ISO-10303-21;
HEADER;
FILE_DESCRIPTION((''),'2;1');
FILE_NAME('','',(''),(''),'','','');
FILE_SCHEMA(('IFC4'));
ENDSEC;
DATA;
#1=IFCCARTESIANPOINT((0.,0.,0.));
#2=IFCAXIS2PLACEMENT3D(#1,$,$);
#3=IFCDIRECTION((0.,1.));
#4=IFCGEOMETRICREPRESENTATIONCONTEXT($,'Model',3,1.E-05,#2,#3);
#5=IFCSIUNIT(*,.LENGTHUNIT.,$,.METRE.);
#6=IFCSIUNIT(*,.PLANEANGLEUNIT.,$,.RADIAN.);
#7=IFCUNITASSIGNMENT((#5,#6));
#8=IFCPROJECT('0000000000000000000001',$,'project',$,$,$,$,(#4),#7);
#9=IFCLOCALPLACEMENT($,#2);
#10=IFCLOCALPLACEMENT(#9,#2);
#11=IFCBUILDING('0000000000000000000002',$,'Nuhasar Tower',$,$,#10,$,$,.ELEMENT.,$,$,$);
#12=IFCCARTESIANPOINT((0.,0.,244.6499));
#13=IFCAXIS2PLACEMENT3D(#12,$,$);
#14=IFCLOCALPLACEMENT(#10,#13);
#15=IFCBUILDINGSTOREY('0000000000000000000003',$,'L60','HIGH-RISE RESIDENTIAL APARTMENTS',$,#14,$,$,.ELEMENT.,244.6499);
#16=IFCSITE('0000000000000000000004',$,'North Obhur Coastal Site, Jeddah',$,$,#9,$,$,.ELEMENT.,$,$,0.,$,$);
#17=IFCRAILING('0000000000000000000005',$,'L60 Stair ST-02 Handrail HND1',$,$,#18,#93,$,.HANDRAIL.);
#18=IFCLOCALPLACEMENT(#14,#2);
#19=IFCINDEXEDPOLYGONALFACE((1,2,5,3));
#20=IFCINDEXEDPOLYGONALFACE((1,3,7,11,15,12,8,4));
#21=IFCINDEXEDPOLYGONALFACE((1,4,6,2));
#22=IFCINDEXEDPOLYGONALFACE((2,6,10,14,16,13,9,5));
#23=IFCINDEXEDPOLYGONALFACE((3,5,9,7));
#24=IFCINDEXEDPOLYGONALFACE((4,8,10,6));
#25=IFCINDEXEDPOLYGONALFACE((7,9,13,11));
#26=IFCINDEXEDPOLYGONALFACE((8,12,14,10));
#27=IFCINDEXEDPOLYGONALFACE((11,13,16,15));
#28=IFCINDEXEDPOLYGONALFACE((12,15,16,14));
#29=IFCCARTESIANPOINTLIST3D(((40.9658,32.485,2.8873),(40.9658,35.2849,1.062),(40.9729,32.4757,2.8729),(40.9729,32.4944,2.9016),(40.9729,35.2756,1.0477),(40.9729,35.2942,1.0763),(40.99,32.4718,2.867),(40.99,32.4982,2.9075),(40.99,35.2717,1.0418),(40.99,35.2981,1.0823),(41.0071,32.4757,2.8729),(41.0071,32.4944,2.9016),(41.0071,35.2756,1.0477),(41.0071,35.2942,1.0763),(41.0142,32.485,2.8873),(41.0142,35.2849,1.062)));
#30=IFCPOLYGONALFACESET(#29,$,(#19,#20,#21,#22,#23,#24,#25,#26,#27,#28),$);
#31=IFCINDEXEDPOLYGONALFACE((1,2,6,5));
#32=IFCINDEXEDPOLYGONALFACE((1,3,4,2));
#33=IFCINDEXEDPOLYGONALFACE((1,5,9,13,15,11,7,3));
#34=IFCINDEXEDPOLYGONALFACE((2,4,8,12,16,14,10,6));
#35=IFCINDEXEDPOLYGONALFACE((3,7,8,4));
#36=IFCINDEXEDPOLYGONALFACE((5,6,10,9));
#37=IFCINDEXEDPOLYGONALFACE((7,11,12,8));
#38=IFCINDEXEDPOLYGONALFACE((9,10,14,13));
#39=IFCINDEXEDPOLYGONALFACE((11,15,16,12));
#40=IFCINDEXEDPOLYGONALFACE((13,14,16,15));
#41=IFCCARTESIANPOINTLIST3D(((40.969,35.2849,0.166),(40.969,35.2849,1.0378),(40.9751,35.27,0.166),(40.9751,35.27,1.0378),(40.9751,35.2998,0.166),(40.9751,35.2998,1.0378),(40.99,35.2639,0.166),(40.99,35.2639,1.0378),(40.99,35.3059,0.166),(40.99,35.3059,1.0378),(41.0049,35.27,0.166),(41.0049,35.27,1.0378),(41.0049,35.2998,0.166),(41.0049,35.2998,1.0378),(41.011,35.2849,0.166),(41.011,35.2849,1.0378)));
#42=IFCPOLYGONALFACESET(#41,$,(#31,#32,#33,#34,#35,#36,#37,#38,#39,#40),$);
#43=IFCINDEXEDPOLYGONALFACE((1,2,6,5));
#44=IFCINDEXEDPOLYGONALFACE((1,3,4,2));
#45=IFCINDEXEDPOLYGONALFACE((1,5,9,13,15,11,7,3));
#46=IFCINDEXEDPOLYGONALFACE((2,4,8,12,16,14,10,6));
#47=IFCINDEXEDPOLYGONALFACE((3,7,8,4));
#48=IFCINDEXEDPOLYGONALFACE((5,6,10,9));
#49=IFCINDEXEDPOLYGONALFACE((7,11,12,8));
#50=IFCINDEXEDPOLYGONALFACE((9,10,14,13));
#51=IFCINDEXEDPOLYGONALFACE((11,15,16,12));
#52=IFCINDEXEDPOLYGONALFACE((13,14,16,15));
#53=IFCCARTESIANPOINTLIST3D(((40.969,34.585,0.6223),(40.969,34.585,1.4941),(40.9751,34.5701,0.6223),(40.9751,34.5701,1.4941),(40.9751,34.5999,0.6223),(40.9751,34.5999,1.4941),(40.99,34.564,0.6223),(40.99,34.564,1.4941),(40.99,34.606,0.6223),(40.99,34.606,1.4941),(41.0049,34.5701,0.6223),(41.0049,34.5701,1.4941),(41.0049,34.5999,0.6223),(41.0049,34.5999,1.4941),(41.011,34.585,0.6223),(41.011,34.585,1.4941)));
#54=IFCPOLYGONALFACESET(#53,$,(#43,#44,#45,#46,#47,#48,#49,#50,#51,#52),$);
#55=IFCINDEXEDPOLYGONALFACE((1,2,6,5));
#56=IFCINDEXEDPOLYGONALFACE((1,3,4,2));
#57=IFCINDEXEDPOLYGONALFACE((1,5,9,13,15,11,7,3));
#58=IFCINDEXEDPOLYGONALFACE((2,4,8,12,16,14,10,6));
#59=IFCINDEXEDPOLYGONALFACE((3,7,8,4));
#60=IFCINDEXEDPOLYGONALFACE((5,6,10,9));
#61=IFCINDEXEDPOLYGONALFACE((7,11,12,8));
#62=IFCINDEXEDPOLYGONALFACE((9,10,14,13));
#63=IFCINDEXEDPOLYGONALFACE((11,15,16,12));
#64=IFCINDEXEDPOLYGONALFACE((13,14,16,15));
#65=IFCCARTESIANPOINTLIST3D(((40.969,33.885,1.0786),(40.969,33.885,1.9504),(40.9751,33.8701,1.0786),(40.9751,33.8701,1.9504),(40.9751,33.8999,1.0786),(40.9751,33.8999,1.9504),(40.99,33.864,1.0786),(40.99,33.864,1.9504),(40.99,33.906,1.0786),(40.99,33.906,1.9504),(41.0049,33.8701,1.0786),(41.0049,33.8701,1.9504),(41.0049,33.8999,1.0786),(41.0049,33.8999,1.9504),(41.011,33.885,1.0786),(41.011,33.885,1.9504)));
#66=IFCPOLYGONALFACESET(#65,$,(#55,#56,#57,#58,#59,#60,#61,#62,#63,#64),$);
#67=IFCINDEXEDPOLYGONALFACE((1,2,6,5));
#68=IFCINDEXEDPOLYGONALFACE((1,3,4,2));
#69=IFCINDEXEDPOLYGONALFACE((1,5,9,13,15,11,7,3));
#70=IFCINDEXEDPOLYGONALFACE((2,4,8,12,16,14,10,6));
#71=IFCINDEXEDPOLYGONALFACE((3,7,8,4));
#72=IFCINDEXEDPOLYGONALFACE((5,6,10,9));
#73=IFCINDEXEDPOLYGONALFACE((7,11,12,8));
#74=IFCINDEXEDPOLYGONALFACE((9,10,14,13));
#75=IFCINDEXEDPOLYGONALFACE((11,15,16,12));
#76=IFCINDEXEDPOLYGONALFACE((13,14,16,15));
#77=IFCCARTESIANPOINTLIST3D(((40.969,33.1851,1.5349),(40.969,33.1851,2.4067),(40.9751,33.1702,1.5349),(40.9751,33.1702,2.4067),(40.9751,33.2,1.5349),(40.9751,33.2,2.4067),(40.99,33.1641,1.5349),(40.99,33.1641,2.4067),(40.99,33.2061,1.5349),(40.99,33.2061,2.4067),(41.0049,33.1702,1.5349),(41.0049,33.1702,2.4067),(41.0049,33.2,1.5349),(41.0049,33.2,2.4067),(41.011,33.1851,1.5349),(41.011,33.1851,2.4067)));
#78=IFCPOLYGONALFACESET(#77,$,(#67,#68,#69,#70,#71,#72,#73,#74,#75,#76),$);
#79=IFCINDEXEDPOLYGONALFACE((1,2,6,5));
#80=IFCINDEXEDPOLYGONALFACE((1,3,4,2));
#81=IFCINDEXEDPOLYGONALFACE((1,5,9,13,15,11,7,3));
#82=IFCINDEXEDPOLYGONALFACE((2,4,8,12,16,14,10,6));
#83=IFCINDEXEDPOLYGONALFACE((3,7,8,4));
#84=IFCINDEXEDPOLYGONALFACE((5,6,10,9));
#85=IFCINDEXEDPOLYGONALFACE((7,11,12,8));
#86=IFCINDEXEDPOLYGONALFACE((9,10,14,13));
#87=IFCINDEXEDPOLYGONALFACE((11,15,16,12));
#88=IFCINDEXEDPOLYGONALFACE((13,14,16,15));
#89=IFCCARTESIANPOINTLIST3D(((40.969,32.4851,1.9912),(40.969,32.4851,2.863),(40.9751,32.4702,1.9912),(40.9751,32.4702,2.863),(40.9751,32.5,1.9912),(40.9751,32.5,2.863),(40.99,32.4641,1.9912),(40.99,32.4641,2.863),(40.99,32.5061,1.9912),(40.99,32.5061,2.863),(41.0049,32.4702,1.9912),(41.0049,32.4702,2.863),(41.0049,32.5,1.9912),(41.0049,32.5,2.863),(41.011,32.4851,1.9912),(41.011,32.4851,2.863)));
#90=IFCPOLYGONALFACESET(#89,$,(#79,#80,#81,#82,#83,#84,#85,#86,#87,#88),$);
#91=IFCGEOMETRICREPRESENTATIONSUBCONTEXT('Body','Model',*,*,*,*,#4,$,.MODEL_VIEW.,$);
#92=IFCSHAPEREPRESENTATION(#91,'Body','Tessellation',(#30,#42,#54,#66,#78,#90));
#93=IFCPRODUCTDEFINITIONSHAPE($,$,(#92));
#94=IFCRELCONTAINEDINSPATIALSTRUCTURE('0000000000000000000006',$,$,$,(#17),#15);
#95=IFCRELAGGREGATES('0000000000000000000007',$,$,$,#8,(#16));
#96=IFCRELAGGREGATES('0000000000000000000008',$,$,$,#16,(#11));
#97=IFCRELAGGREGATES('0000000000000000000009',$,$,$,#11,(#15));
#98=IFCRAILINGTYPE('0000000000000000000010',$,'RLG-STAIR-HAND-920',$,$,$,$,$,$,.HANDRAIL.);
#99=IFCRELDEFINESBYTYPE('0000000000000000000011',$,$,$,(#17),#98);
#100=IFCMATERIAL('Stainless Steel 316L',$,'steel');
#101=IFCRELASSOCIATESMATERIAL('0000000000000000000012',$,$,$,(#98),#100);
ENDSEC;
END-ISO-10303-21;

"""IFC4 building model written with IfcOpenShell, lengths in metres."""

from ifc_helpers import new_model, si_unit, direction, frame, origin, place, context, subcontext, project, spatial, polyline, outline, extrude, material, type_object, element, save


model = new_model("IFC4")

# Units and contexts
model_context = context("Model", 3, precision=1e-05, world=origin(), true_north=direction((0.0, 1.0)))
body_context = subcontext(model_context, "Body", "Model", "MODEL_VIEW")
ifc_project = project(units=[si_unit("LENGTHUNIT", "METRE"), si_unit("PLANEANGLEUNIT", "RADIAN")], contexts=[model_context])

# Site, building, storey
site_placement = place(None, origin())
site = spatial("IfcSite", under=ifc_project, at=site_placement, Name="North Obhur Coastal Site, Jeddah", CompositionType="ELEMENT", RefElevation=0.0)
building_placement = place(site_placement, origin())
building = spatial("IfcBuilding", under=site, at=building_placement, Name="Nuhasar Tower", CompositionType="ELEMENT")
storey_placement = place(building_placement, frame((0.0, 0.0, 244.6499)))
storey = spatial("IfcBuildingStorey", under=building, at=storey_placement, Name="L60", Description="HIGH-RISE RESIDENTIAL APARTMENTS", CompositionType="ELEMENT", Elevation=244.6499)

# Railing
ifc_material_1 = material(Name="Stainless Steel 316L", Category="steel")
railing_type_1 = type_object("IfcRailingType", Name="RLG-STAIR-HAND-920", PredefinedType="HANDRAIL", material=ifc_material_1)
railing_1_placement = place(storey_placement, frame((40.99, 35.2849, 0.166)))
element("IfcRailing", 1, at=railing_1_placement, inside=storey, type_object=railing_type_1, Name="L60 Stair ST-02 Handrail HND1", PredefinedType="HANDRAIL", context=body_context, shape_type="SweptSolid", body=[
    extrude(outline(polyline([(0.0242, 0.0), (0.0171, 0.0171), (0.0, 0.0242), (-0.0171, 0.0171), (-0.0242, 0.0), (-0.0171, -0.0171), (0.0, -0.0242), (0.0171, -0.0171), (0.0242, 0.0)])), frame((0.0, 0.0, 0.896), z_axis=(0.0, -0.837715, 0.546107), x_axis=(1.0, 0.0, 0.0)), (0.0, 0.0, 1.0), 3.3423),
    extrude(outline(polyline([(0.021, 0.0), (0.0149, 0.0149), (0.0, 0.021), (-0.0149, 0.0149), (-0.021, 0.0), (-0.0149, -0.0149), (0.0, -0.021), (0.0149, -0.0149), (0.021, 0.0)])), origin(), (0.0, 0.0, 1.0), 0.8718),
    extrude(outline(polyline([(0.021, 0.0), (0.0149, 0.0149), (0.0, 0.021), (-0.0149, 0.0149), (-0.021, 0.0), (-0.0149, -0.0149), (0.0, -0.021), (0.0149, -0.0149), (0.021, 0.0)])), frame((0.0, -0.7, 0.4563)), (0.0, 0.0, 1.0), 0.8718),
    extrude(outline(polyline([(0.021, 0.0), (0.0149, 0.0149), (0.0, 0.021), (-0.0149, 0.0149), (-0.021, 0.0), (-0.0149, -0.0149), (0.0, -0.021), (0.0149, -0.0149), (0.021, 0.0)])), frame((0.0, -1.3999, 0.9126)), (0.0, 0.0, 1.0), 0.8718),
    extrude(outline(polyline([(0.021, 0.0), (0.0149, 0.0149), (0.0, 0.021), (-0.0149, 0.0149), (-0.021, 0.0), (-0.0149, -0.0149), (0.0, -0.021), (0.0149, -0.0149), (0.021, 0.0)])), frame((0.0, -2.0999, 1.3689)), (0.0, 0.0, 1.0), 0.8718),
    extrude(outline(polyline([(0.021, 0.0), (0.0149, 0.0149), (0.0, 0.021), (-0.0149, 0.0149), (-0.021, 0.0), (-0.0149, -0.0149), (0.0, -0.021), (0.0149, -0.0149), (0.021, 0.0)])), frame((0.0, -2.7998, 1.8252)), (0.0, 0.0, 1.0), 0.8718),
])

save(model, "model.ifc")
